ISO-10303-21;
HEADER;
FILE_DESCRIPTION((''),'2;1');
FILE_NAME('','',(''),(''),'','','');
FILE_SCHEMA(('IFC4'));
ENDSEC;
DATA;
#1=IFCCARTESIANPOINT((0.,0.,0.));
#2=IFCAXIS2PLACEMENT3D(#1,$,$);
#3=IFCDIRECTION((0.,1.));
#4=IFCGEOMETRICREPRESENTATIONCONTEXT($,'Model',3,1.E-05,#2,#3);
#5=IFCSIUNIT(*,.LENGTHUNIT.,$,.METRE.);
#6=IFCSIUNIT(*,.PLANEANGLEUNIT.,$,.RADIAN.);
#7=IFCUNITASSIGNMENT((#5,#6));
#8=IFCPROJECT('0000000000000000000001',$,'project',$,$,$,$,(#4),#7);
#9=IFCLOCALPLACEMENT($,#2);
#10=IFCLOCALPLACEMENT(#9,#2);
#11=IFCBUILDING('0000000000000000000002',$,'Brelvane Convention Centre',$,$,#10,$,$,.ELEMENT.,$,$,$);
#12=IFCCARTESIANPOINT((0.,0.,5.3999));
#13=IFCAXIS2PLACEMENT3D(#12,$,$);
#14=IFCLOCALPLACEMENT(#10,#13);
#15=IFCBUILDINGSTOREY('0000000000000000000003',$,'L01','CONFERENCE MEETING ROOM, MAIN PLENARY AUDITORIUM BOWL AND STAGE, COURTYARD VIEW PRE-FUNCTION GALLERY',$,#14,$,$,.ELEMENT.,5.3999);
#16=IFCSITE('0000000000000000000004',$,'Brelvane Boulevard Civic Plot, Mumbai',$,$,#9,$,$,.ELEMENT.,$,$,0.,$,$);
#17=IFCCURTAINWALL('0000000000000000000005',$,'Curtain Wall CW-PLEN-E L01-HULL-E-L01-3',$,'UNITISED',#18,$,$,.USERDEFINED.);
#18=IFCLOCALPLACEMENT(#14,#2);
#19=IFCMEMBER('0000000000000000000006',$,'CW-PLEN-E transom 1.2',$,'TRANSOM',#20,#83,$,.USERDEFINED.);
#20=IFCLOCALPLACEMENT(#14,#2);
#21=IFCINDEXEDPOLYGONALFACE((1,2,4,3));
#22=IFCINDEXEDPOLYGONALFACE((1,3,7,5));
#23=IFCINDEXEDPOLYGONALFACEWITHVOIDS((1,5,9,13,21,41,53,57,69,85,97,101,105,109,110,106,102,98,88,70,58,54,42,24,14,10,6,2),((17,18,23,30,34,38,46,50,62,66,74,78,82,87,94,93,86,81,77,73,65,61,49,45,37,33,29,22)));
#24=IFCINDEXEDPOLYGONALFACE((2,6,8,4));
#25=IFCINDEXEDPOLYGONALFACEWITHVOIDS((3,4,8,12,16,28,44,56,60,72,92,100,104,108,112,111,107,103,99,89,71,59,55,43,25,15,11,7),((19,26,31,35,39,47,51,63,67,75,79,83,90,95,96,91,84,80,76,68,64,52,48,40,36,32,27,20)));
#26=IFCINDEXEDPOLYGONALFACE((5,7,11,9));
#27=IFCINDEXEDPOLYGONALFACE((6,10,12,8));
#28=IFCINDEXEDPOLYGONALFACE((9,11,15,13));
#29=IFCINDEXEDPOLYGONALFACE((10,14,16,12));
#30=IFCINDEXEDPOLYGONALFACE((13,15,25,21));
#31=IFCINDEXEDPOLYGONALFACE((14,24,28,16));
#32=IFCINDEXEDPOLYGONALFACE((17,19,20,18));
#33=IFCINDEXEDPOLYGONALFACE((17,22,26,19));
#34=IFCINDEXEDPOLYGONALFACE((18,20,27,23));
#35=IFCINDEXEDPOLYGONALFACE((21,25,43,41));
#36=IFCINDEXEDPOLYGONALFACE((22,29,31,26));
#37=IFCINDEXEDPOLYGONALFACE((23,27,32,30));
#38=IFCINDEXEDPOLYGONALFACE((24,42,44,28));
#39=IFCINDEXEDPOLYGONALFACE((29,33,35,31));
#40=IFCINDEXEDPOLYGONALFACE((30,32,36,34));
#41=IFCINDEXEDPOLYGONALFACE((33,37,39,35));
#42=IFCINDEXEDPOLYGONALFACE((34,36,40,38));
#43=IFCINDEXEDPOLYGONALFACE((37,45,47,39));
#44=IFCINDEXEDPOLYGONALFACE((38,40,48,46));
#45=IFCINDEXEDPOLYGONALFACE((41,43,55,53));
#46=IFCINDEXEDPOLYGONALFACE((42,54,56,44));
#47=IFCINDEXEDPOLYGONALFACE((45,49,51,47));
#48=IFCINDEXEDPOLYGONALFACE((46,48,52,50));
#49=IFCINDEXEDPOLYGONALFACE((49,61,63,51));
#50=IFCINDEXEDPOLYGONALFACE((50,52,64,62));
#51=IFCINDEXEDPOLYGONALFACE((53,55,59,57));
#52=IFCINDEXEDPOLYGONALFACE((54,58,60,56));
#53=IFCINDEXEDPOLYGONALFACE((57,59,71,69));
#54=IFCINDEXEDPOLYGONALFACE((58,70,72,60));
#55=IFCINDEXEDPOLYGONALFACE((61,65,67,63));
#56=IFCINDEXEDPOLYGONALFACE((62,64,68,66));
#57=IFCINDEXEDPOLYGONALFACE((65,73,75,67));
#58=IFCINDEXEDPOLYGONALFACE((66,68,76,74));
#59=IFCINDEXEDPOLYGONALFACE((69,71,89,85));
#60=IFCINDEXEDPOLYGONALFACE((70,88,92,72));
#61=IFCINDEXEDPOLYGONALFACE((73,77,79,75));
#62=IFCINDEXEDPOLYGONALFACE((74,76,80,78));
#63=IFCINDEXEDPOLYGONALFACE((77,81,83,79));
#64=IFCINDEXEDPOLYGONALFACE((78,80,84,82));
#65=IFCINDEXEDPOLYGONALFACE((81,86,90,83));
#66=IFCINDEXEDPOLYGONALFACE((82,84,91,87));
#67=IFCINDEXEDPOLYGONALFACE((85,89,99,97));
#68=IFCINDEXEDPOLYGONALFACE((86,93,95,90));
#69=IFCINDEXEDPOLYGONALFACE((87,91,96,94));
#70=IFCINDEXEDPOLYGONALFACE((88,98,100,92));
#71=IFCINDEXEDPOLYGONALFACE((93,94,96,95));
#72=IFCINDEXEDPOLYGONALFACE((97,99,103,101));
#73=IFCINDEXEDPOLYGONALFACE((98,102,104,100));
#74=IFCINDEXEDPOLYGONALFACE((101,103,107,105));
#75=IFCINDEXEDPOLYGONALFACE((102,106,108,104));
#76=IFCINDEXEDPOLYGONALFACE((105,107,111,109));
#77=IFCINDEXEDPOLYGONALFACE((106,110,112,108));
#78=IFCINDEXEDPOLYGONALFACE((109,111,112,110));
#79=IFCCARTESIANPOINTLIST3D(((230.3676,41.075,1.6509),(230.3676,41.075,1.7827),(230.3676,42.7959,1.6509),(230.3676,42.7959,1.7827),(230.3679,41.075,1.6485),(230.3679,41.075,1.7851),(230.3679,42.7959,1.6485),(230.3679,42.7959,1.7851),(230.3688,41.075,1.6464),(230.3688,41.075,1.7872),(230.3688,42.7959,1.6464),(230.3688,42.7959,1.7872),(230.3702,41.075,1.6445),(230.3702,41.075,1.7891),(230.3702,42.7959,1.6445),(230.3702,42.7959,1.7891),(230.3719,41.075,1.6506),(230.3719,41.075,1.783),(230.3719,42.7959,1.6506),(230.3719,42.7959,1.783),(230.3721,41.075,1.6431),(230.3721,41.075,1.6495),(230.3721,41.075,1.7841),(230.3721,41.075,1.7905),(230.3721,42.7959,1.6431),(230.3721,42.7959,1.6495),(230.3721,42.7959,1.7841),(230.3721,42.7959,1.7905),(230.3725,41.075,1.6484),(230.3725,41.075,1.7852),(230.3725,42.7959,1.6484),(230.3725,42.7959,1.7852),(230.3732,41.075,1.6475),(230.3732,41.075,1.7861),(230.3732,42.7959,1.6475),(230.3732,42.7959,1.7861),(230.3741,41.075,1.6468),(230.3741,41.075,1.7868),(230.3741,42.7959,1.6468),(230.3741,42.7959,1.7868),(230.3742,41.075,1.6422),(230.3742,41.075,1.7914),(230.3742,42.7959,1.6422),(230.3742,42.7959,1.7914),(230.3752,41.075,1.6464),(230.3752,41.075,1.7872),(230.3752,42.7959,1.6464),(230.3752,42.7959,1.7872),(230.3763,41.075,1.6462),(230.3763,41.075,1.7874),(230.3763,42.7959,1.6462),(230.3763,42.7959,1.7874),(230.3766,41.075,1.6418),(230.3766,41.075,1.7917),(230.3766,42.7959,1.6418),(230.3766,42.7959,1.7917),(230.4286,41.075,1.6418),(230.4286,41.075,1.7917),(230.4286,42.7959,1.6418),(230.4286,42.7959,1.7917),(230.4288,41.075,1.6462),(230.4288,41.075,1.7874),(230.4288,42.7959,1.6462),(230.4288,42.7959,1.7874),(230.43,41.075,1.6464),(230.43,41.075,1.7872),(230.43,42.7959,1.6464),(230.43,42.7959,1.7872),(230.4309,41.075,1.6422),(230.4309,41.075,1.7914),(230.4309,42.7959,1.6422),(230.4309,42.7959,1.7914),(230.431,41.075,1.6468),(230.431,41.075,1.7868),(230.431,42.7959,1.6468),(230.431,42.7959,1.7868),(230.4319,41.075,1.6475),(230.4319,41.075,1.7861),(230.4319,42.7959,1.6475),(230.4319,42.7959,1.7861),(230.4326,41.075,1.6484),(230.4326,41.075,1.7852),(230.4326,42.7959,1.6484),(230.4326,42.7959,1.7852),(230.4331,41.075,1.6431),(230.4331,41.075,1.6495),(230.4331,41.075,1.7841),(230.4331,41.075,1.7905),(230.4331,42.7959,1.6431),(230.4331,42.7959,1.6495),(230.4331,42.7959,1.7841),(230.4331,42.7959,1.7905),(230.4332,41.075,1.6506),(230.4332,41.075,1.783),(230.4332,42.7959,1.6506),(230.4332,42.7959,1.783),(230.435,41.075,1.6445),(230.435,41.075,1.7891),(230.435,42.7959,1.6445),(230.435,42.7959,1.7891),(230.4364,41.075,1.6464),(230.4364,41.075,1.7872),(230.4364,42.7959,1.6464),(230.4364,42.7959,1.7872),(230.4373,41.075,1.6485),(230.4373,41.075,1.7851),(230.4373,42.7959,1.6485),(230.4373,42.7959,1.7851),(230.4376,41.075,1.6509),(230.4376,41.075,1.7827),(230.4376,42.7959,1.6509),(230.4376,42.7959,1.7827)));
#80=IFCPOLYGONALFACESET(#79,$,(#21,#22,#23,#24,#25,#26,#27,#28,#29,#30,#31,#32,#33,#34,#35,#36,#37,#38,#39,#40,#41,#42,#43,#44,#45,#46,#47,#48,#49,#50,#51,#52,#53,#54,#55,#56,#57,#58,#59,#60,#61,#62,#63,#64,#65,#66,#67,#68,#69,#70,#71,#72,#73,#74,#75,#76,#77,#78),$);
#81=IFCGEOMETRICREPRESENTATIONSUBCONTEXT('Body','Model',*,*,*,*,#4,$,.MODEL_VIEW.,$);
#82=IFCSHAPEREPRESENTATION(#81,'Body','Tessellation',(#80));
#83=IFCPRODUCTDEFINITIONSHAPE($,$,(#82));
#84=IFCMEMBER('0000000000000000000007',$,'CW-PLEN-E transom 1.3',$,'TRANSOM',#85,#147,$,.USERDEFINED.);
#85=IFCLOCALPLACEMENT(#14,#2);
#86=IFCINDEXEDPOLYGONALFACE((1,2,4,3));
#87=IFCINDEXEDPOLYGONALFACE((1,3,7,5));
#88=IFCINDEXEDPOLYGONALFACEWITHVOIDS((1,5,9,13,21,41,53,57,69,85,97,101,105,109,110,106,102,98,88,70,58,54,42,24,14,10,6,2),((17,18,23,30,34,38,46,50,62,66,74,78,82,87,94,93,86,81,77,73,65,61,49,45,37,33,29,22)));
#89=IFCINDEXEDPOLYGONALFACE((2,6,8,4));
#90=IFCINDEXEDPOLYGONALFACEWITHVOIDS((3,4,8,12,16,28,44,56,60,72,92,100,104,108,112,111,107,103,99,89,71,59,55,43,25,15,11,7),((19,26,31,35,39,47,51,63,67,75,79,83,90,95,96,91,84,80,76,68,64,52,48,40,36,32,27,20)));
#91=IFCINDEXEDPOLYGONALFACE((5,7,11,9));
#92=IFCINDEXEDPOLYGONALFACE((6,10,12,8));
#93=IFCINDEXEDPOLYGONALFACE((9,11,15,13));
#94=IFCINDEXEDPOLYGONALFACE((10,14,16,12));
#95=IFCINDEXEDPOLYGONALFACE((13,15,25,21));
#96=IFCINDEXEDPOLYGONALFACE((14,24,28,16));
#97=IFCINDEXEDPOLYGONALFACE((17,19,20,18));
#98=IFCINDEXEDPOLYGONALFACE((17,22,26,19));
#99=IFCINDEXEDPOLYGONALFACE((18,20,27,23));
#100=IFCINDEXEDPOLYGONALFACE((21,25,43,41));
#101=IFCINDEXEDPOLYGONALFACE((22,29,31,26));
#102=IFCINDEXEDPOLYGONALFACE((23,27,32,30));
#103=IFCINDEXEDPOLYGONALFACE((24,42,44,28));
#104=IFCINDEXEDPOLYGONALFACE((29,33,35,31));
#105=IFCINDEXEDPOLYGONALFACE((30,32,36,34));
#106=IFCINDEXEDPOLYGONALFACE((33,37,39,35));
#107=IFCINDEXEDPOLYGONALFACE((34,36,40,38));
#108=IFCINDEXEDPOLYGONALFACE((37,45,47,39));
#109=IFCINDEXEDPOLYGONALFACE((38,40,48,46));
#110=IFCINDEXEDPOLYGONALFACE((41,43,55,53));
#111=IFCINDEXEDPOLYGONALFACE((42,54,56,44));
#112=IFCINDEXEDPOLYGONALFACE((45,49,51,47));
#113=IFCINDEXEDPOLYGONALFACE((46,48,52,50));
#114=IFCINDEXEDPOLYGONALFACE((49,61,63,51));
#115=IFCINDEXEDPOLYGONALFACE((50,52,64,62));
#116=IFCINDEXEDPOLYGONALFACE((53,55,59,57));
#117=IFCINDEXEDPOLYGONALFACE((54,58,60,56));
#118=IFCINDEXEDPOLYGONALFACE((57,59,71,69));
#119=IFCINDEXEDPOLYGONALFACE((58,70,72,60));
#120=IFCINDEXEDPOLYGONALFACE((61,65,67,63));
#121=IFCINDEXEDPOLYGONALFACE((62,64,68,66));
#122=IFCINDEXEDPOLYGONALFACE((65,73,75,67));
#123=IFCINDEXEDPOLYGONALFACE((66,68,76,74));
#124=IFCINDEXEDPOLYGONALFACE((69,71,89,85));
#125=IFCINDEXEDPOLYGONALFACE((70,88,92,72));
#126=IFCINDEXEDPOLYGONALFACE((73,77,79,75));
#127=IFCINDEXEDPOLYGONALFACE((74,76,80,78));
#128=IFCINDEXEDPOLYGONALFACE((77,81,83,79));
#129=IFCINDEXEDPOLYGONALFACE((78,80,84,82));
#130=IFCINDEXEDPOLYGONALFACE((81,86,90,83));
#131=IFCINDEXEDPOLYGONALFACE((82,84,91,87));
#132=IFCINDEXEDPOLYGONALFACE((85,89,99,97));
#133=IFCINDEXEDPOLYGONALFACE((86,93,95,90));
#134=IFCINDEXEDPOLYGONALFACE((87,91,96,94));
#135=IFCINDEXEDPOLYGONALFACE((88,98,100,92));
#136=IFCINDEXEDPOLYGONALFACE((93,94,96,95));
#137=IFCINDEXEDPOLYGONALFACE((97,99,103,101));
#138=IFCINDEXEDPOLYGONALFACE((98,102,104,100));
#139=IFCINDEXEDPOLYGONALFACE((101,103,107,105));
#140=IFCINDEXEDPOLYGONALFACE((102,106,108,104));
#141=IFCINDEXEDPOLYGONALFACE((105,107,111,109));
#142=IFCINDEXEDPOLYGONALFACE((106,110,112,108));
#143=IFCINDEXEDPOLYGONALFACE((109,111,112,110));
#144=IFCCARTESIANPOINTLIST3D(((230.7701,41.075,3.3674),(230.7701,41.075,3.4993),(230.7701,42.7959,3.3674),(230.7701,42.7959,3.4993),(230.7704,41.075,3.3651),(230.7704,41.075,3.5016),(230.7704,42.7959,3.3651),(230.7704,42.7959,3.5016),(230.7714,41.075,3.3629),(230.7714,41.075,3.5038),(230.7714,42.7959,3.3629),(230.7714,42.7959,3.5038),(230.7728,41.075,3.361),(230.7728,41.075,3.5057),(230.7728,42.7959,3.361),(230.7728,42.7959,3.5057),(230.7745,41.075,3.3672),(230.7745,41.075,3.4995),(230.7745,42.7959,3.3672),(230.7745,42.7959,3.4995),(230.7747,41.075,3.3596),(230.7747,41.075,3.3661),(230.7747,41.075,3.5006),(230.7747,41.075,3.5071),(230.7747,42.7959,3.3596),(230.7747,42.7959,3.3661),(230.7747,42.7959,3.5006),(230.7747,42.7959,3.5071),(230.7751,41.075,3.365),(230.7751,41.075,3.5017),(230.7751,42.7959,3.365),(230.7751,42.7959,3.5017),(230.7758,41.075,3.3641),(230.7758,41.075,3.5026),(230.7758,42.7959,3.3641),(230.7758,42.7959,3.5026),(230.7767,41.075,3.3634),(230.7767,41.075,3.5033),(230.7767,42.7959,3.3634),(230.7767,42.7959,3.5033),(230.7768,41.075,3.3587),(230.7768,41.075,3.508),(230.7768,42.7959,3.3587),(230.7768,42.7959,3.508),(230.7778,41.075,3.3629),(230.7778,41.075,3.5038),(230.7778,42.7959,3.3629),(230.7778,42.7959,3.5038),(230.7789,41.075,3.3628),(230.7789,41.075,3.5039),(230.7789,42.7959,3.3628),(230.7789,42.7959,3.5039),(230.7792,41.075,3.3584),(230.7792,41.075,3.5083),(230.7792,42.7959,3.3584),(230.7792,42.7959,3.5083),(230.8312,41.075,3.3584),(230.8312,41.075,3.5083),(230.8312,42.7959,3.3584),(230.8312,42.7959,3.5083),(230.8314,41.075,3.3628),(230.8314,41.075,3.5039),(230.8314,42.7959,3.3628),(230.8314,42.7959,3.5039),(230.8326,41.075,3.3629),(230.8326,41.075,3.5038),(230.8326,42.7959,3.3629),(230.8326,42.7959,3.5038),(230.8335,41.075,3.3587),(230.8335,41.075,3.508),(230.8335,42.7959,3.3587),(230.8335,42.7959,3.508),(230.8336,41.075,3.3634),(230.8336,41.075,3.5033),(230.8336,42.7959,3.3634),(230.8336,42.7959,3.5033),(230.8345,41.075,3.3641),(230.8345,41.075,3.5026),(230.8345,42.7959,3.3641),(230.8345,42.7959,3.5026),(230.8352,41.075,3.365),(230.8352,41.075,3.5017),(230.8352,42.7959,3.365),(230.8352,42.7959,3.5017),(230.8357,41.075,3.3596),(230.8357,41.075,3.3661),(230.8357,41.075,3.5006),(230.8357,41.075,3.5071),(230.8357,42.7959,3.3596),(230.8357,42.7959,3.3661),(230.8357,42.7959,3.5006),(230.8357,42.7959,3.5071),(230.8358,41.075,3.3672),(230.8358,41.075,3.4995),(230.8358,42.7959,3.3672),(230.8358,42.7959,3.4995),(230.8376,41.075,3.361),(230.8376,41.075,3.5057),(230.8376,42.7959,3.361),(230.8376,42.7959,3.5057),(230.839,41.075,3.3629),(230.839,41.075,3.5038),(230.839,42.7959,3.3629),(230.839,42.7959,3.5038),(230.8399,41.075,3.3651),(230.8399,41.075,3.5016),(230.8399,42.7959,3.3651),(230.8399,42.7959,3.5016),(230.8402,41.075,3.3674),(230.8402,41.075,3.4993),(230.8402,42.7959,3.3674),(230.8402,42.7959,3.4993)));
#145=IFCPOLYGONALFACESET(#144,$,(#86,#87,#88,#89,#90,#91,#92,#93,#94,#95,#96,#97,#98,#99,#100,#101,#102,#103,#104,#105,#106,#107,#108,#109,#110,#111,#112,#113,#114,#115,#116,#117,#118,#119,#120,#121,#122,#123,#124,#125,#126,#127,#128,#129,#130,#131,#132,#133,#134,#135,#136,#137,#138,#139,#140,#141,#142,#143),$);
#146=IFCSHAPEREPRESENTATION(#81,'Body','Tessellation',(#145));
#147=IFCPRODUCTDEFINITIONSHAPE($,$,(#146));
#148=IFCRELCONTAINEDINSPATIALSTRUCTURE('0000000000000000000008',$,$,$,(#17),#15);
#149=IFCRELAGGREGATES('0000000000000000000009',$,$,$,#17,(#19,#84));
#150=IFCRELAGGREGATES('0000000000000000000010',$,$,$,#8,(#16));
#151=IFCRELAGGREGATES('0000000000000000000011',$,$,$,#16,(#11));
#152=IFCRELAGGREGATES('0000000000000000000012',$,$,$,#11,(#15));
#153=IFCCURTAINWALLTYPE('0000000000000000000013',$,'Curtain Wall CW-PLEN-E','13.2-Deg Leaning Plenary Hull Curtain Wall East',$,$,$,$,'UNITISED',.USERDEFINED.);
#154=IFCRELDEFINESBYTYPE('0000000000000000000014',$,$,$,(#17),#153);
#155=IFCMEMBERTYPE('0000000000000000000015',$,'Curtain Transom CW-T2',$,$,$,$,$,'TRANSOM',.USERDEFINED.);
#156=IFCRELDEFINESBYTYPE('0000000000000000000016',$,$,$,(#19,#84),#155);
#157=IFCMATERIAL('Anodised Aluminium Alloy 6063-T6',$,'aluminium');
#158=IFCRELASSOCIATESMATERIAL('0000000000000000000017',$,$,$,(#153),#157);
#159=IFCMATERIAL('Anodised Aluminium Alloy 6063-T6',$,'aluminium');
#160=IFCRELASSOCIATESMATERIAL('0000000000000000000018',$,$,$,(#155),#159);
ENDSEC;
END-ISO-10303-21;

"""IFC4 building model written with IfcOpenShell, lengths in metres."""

from ifc_helpers import new_model, si_unit, direction, frame, origin, origin_2d, place, context, subcontext, project, spatial, hollow_rectangle, extrude, material, material_profile, profile_set, type_object, element, aggregate, save


model = new_model("IFC4")

# Units and contexts
model_context = context("Model", 3, precision=1e-05, world=origin(), true_north=direction((0.0, 1.0)))
body_context = subcontext(model_context, "Body", "Model", "MODEL_VIEW")
ifc_project = project(units=[si_unit("LENGTHUNIT", "METRE"), si_unit("PLANEANGLEUNIT", "RADIAN")], contexts=[model_context])

# Site, building, storey
site_placement = place(None, origin())
site = spatial("IfcSite", under=ifc_project, at=site_placement, Name="Brelvane Boulevard Civic Plot, Mumbai", CompositionType="ELEMENT", RefElevation=0.0)
building_placement = place(site_placement, origin())
building = spatial("IfcBuilding", under=site, at=building_placement, Name="Brelvane Convention Centre", CompositionType="ELEMENT")
storey_placement = place(building_placement, frame((0.0, 0.0, 5.3999)))
storey = spatial("IfcBuildingStorey", under=building, at=storey_placement, Name="L01", Description="CONFERENCE MEETING ROOM, MAIN PLENARY AUDITORIUM BOWL AND STAGE, COURTYARD VIEW PRE-FUNCTION GALLERY", CompositionType="ELEMENT", Elevation=5.3999)

# Curtain wall, members
ifc_material_1 = material(Name="Anodised Aluminium Alloy 6063-T6", Category="aluminium")
curtain_wall_type = type_object("IfcCurtainWallType", Name="Curtain Wall CW-PLEN-E", Description="13.2-Deg Leaning Plenary Hull Curtain Wall East", ElementType="UNITISED", PredefinedType="USERDEFINED", material=ifc_material_1)
curtain_wall_placement = place(storey_placement, origin())
curtain_wall = element("IfcCurtainWall", 1, at=curtain_wall_placement, inside=storey, type_object=curtain_wall_type, Name="Curtain Wall CW-PLEN-E L01-HULL-E-L01-3", ObjectType="UNITISED", PredefinedType="USERDEFINED")
ifc_material_2 = material(Name="Anodised Aluminium Alloy 6063-T6", Category="aluminium")
ifc_material_profile = material_profile(ifc_material_2, hollow_rectangle(XDim=0.0701, YDim=0.1499, WallThickness=0.0044, InnerFilletRadius=0.0044, OuterFilletRadius=0.009, at=origin_2d()), Name="ALU-T 150x70x4.5")
ifc_profile_set = profile_set([ifc_material_profile], Name="Anodised Aluminium Alloy 6063-T6")
member_type = type_object("IfcMemberType", Name="Curtain Transom CW-T2", ElementType="TRANSOM", PredefinedType="USERDEFINED", material=ifc_profile_set)
member_1_placement = place(storey_placement, frame((230.4026, 41.075, 1.7168), z_axis=(0.0, 1.0, 0.0), x_axis=(-1.0, 0.0, 0.0)))
member_1 = element("IfcMember", 2, at=member_1_placement, type_object=member_type, Name="CW-PLEN-E transom 1.2", ObjectType="TRANSOM", PredefinedType="USERDEFINED", context=body_context, shape_type="SweptSolid", body=[
    extrude(hollow_rectangle(XDim=0.0701, YDim=0.1499, WallThickness=0.0044, InnerFilletRadius=0.0044, OuterFilletRadius=0.009, at=origin_2d()), origin(), (0.0, 0.0, 1.0), 1.7209),
])
member_2_placement = place(storey_placement, frame((230.8052, 41.075, 3.4333), z_axis=(0.0, 1.0, 0.0), x_axis=(-1.0, 0.0, 0.0)))
member_2 = element("IfcMember", 3, at=member_2_placement, type_object=member_type, Name="CW-PLEN-E transom 1.3", ObjectType="TRANSOM", PredefinedType="USERDEFINED", context=body_context, shape_type="SweptSolid", body=[
    extrude(hollow_rectangle(XDim=0.0701, YDim=0.1499, WallThickness=0.0044, InnerFilletRadius=0.0044, OuterFilletRadius=0.009, at=origin_2d()), origin(), (0.0, 0.0, 1.0), 1.7209),
])
aggregate(curtain_wall, [member_1, member_2])

save(model, "model.ifc")
